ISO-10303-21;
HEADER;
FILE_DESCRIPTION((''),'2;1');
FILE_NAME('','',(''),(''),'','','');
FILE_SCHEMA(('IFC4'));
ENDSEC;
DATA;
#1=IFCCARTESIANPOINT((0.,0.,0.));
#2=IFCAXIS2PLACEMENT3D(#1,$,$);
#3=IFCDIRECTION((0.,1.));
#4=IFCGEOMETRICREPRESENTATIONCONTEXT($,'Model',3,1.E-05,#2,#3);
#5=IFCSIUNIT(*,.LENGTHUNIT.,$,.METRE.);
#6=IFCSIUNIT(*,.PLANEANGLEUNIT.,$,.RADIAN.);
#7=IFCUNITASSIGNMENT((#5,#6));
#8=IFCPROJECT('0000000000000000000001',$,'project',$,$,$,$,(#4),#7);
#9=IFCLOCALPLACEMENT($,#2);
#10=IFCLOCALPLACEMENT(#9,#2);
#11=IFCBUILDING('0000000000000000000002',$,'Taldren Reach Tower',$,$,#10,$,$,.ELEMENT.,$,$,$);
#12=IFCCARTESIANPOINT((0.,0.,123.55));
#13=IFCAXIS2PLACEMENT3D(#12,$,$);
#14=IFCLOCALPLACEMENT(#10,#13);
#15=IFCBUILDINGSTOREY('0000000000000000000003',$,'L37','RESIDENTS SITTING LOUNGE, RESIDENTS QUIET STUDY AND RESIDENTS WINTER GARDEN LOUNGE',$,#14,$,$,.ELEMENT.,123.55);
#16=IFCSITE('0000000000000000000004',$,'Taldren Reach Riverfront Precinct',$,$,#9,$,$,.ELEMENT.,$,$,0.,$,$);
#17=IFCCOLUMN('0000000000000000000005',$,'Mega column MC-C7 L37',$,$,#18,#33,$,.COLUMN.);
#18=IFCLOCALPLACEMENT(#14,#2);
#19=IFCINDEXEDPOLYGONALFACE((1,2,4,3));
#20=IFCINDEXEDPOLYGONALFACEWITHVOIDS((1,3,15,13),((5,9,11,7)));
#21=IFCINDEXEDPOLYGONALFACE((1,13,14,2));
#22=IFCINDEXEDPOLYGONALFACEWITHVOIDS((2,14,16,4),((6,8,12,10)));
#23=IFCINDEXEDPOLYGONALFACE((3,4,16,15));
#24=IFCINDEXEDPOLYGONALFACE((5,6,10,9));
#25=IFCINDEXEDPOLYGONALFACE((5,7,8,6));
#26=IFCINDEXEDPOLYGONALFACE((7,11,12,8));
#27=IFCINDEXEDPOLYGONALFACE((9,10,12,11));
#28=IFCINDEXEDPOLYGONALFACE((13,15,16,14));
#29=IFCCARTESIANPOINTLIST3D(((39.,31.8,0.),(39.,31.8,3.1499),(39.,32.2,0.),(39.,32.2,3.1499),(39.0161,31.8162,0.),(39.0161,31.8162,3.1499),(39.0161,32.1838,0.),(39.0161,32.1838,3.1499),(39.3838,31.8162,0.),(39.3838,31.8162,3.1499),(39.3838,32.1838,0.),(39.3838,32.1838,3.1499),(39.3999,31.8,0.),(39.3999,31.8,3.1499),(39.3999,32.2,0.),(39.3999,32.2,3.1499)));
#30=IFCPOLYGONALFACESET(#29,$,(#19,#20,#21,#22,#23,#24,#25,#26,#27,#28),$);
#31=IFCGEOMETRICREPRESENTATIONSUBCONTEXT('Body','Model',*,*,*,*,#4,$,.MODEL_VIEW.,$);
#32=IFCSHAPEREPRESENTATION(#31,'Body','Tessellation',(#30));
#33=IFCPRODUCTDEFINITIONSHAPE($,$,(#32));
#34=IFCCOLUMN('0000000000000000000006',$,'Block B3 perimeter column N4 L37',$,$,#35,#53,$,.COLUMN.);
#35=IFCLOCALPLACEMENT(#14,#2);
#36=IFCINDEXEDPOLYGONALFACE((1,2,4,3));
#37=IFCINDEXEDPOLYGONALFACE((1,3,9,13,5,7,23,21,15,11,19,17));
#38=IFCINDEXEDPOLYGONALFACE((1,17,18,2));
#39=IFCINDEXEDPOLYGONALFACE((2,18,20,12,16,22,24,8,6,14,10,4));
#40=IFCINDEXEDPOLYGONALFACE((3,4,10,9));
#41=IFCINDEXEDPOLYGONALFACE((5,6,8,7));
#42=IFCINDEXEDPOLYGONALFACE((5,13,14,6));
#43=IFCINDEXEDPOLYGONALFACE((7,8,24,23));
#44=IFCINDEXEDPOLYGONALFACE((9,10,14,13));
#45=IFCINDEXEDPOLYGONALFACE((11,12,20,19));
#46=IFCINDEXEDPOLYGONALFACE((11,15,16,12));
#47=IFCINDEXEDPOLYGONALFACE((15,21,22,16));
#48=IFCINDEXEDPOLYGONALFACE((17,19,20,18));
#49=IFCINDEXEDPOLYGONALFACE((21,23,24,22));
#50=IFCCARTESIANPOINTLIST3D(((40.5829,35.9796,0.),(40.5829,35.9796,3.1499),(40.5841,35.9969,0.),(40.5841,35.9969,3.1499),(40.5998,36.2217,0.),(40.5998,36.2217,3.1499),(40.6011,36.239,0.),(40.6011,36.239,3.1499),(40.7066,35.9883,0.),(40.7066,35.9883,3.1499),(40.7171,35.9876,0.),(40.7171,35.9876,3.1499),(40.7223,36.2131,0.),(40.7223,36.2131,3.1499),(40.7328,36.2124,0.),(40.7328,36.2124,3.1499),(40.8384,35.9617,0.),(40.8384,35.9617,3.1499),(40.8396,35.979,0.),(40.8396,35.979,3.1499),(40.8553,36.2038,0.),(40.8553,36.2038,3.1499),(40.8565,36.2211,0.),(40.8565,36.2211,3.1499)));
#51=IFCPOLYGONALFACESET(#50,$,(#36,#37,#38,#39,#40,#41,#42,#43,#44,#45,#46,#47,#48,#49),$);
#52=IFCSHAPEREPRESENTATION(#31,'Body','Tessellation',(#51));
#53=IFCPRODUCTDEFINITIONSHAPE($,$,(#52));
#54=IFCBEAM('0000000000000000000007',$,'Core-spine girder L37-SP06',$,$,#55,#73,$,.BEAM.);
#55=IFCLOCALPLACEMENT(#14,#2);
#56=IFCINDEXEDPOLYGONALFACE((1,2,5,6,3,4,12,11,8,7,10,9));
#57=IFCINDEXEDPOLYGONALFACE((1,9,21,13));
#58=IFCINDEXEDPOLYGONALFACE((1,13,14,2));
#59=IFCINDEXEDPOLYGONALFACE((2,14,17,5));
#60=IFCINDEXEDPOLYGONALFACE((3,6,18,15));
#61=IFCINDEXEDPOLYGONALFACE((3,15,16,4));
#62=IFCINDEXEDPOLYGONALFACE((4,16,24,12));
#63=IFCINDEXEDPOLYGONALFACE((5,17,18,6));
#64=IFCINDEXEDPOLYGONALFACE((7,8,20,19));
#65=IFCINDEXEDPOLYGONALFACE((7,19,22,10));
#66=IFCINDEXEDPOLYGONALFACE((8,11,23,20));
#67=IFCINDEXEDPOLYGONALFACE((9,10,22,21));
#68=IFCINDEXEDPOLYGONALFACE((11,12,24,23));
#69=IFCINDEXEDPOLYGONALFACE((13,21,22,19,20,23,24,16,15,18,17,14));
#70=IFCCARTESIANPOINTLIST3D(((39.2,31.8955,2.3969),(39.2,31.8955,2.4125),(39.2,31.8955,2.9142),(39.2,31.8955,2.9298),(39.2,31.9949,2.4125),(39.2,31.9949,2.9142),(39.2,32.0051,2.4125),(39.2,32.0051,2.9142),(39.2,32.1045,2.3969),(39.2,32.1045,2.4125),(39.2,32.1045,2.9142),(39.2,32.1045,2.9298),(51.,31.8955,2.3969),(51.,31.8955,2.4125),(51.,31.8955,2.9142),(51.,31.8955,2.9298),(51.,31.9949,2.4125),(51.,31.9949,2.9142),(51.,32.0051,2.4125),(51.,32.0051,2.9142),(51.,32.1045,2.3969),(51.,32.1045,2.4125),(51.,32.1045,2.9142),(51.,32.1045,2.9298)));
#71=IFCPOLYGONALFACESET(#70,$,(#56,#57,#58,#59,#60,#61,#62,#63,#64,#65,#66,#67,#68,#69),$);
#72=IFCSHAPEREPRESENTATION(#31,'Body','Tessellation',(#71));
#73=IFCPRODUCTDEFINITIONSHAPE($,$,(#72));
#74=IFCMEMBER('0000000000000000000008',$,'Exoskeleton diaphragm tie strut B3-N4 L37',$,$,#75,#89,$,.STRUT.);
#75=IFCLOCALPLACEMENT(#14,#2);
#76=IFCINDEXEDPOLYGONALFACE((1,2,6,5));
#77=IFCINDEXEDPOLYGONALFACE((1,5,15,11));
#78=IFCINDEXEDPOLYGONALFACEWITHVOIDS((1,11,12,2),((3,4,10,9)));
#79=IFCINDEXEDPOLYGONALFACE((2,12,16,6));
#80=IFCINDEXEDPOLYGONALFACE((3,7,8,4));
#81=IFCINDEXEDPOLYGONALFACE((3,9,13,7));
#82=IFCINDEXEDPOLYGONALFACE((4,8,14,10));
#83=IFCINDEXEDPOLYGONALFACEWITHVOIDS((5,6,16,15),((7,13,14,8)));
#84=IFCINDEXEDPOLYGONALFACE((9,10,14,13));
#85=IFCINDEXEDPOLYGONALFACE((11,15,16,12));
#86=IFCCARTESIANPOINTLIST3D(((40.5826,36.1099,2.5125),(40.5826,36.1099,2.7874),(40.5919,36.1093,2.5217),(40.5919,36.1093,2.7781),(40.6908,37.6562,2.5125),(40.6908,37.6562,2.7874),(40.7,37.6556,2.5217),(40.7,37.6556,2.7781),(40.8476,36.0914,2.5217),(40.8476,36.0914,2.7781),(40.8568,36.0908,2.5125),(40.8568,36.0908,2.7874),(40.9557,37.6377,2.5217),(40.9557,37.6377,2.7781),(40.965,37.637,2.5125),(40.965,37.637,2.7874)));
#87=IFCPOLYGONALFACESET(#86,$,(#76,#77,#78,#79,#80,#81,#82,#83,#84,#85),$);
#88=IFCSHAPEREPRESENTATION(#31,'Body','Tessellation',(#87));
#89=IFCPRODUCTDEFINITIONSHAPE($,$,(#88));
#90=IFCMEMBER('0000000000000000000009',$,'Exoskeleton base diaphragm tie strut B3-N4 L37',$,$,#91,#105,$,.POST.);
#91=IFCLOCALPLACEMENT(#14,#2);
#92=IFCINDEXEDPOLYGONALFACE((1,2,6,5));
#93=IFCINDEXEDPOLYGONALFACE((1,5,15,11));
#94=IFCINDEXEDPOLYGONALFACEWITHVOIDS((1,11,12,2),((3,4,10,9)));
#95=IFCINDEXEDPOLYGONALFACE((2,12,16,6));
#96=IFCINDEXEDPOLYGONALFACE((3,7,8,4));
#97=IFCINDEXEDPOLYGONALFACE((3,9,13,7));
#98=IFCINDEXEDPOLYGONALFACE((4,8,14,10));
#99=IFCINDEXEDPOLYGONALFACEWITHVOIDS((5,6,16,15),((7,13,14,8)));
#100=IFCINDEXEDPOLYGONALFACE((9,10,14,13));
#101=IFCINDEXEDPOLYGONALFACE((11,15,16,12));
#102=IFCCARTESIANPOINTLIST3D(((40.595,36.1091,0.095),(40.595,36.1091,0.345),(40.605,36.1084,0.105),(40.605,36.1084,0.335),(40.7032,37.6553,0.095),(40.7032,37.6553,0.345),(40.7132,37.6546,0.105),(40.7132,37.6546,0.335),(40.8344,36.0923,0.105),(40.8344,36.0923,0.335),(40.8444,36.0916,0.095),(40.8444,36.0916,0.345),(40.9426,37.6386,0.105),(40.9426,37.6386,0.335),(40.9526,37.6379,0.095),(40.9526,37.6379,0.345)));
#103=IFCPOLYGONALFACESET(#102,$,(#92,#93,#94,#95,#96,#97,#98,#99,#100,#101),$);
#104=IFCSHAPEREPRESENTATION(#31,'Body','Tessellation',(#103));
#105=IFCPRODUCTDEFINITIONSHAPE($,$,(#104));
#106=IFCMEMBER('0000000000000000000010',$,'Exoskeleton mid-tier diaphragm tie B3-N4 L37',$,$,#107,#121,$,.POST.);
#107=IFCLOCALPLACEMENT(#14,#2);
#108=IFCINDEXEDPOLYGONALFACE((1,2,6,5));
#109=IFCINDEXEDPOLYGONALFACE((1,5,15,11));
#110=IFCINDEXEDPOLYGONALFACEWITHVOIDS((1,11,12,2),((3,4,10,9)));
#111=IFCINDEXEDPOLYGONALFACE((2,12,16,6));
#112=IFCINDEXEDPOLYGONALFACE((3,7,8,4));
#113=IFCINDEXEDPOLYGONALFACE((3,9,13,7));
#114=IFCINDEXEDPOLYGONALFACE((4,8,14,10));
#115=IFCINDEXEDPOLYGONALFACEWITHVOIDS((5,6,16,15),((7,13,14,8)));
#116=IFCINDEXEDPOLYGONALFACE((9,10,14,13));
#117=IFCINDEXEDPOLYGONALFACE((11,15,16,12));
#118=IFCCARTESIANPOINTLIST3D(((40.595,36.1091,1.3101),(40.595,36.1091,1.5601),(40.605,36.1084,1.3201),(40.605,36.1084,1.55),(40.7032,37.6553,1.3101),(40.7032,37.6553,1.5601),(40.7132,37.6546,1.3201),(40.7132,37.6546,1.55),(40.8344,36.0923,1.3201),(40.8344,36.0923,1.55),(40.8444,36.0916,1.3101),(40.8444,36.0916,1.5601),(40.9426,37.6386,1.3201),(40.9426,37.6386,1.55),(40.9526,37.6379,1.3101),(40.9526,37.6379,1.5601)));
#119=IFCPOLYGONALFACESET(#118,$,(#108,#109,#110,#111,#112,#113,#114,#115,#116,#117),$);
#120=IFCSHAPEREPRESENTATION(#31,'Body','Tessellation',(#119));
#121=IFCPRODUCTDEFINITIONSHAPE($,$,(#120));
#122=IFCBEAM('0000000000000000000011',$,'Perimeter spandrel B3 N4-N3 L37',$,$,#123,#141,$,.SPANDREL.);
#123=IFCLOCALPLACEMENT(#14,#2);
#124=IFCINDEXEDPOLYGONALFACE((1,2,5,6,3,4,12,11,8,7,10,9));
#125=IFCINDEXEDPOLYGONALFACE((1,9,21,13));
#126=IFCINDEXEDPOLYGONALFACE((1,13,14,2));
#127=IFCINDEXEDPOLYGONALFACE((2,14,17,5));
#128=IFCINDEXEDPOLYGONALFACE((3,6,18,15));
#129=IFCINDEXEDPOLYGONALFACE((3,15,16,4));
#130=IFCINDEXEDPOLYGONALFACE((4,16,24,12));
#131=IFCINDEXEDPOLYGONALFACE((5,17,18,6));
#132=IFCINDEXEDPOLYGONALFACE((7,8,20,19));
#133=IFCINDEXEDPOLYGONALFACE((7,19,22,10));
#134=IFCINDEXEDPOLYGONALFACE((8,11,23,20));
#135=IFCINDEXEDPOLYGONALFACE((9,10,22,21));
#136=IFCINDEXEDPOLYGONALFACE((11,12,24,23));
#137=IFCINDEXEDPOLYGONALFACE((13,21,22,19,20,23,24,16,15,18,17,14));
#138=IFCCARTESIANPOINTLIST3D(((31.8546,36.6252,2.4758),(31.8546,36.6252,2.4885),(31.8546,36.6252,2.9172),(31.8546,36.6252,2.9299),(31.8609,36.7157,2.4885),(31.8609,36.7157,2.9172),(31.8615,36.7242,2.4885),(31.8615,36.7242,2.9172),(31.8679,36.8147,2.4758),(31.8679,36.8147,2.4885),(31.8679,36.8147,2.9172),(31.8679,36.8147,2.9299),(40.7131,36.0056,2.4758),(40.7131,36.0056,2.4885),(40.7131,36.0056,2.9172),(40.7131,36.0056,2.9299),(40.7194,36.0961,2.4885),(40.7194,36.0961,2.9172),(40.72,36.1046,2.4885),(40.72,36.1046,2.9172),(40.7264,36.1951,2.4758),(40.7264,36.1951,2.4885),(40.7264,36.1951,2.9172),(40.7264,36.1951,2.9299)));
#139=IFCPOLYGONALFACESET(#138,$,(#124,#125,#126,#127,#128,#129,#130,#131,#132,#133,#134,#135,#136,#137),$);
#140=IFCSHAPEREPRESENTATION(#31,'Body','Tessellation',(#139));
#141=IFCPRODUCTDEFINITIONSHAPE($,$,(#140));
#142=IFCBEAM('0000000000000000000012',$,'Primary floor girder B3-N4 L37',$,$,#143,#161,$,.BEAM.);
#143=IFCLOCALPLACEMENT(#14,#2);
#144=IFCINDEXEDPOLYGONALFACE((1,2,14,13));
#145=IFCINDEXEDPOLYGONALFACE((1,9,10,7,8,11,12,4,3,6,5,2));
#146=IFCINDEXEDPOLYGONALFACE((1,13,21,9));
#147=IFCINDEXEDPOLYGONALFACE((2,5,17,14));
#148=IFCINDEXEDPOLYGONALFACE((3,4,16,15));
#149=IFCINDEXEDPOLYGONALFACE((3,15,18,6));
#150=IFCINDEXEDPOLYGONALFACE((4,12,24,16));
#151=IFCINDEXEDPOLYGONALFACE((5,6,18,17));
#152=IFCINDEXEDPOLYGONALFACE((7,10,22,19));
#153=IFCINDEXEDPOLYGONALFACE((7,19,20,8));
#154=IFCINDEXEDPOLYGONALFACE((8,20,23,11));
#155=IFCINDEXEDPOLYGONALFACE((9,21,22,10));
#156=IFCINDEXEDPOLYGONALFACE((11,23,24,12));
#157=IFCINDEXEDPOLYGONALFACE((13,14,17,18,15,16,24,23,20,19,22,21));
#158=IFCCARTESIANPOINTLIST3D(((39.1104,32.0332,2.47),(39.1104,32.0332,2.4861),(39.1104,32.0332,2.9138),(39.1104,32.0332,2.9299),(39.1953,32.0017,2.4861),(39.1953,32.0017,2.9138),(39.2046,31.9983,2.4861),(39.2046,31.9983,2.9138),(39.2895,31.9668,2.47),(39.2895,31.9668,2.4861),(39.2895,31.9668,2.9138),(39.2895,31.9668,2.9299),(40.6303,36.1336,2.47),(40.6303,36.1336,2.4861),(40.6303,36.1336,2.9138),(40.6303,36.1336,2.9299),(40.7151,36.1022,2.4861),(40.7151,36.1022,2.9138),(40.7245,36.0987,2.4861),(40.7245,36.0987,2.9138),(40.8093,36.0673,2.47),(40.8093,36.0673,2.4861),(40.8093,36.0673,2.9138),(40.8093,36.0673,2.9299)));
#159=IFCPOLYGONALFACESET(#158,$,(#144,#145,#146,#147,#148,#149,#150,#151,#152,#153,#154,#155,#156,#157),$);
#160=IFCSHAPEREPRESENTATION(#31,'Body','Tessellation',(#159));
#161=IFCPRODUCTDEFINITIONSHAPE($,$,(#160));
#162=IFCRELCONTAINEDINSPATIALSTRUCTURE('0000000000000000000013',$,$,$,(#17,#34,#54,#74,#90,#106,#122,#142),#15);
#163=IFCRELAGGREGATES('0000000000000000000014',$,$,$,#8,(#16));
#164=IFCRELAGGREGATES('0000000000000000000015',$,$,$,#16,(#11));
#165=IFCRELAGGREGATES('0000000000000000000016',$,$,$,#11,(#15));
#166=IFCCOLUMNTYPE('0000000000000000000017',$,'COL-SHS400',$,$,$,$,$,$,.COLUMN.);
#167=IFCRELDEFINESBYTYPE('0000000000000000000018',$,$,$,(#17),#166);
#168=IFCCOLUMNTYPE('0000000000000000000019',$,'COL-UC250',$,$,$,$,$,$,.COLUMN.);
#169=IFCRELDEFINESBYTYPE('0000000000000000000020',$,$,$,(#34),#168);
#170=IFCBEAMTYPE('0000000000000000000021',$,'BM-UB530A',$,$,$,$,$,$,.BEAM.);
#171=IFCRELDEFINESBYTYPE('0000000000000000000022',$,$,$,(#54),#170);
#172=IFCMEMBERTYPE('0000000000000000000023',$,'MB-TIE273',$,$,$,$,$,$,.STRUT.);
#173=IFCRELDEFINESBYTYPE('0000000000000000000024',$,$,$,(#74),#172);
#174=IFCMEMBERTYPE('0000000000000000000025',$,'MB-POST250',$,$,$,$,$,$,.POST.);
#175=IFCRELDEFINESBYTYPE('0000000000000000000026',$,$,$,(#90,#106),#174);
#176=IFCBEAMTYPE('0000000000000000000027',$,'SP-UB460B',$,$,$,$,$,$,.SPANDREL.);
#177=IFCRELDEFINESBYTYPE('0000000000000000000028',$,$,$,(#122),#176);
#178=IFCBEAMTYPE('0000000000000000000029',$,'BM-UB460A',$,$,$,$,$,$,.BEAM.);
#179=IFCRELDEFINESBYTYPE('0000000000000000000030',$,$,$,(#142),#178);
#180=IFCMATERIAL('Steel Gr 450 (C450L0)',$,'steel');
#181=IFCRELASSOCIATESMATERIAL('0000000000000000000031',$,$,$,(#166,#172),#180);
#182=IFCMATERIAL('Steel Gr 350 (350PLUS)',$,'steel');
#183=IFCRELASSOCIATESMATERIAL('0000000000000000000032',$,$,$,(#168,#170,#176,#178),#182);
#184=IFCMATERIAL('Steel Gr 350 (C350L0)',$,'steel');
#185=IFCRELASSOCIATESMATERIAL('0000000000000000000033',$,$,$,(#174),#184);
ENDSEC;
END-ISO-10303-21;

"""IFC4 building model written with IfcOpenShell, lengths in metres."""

from ifc_helpers import new_model, si_unit, direction, frame, origin, origin_2d, place, context, subcontext, project, spatial, hollow_rectangle, i_section, extrude, source, transform, mapped, material, material_profile, profile_set, type_object, element, save


model = new_model("IFC4")

# Units and contexts
model_context = context("Model", 3, precision=1e-05, world=origin(), true_north=direction((0.0, 1.0)))
body_context = subcontext(model_context, "Body", "Model", "MODEL_VIEW")
ifc_project = project(units=[si_unit("LENGTHUNIT", "METRE"), si_unit("PLANEANGLEUNIT", "RADIAN")], contexts=[model_context])

# Site, building, storey
site_placement = place(None, origin())
site = spatial("IfcSite", under=ifc_project, at=site_placement, Name="Taldren Reach Riverfront Precinct", CompositionType="ELEMENT", RefElevation=0.0)
building_placement = place(site_placement, origin())
building = spatial("IfcBuilding", under=site, at=building_placement, Name="Taldren Reach Tower", CompositionType="ELEMENT")
storey_placement = place(building_placement, frame((0.0, 0.0, 123.55)))
storey = spatial("IfcBuildingStorey", under=building, at=storey_placement, Name="L37", Description="RESIDENTS SITTING LOUNGE, RESIDENTS QUIET STUDY AND RESIDENTS WINTER GARDEN LOUNGE", CompositionType="ELEMENT", Elevation=123.55)

# Columns
ifc_material_1 = material(Name="Steel Gr 450 (C450L0)", Category="steel")
ifc_material_profile_1 = material_profile(ifc_material_1, hollow_rectangle(XDim=0.3999, YDim=0.3999, WallThickness=0.0161, at=origin_2d()), Name="400x400x16.0SHS")
ifc_profile_set_1 = profile_set([ifc_material_profile_1], Name="Steel Gr 450 (C450L0)")
column_type_1 = type_object("IfcColumnType", Name="COL-SHS400", PredefinedType="COLUMN", material=ifc_profile_set_1)
shared_shape_1 = source(origin(), body_context, "Body", "SweptSolid", [
    extrude(hollow_rectangle(XDim=0.3999, YDim=0.3999, WallThickness=0.0161, at=origin_2d()), origin(), (0.0, 0.0, 1.0), 3.1499),
])
column_1_placement = place(storey_placement, frame((39.2, 32.0, 0.0), z_axis=(0.0, 0.0, 1.0), x_axis=(1.0, 0.0, 0.0)))
element("IfcColumn", 1, at=column_1_placement, inside=storey, type_object=column_type_1, Name="Mega column MC-C7 L37", PredefinedType="COLUMN", context=body_context, shape_type="MappedRepresentation", body=[
    mapped(shared_shape_1, transform((0.0, 0.0, 0.0), scale=1.0)),
])
ifc_material_2 = material(Name="Steel Gr 350 (350PLUS)", Category="steel")
ifc_material_profile_2 = material_profile(ifc_material_2, i_section(OverallWidth=0.2561, OverallDepth=0.26, WebThickness=0.0105, FlangeThickness=0.0173, at=origin_2d()), Name="250UC89.5")
ifc_profile_set_2 = profile_set([ifc_material_profile_2], Name="Steel Gr 350 (350PLUS)")
column_type_2 = type_object("IfcColumnType", Name="COL-UC250", PredefinedType="COLUMN", material=ifc_profile_set_2)
shared_shape_2 = source(origin(), body_context, "Body", "SweptSolid", [
    extrude(i_section(OverallWidth=0.2561, OverallDepth=0.26, WebThickness=0.0105, FlangeThickness=0.0173, at=origin_2d()), origin(), (0.0, 0.0, 1.0), 3.1499),
])
column_2_placement = place(storey_placement, frame((40.7197, 36.1003, 0.0), z_axis=(0.0, 0.0, 1.0), x_axis=(0.997564, -0.069756, 0.0)))
element("IfcColumn", 2, at=column_2_placement, inside=storey, type_object=column_type_2, Name="Block B3 perimeter column N4 L37", PredefinedType="COLUMN", context=body_context, shape_type="MappedRepresentation", body=[
    mapped(shared_shape_2, transform((0.0, 0.0, 0.0), scale=1.0)),
])

# Beam
ifc_material_profile_3 = material_profile(ifc_material_2, i_section(OverallWidth=0.209, OverallDepth=0.533, WebThickness=0.0103, FlangeThickness=0.0156, at=origin_2d()), Name="530UB92.4")
ifc_profile_set_3 = profile_set([ifc_material_profile_3], Name="Steel Gr 350 (350PLUS)")
beam_type_1 = type_object("IfcBeamType", Name="BM-UB530A", PredefinedType="BEAM", material=ifc_profile_set_3)
shared_shape_3 = source(origin(), body_context, "Body", "SweptSolid", [
    extrude(i_section(OverallWidth=0.209, OverallDepth=0.533, WebThickness=0.0103, FlangeThickness=0.0156, at=origin_2d()), origin(), (0.0, 0.0, 1.0), 11.8),
])
beam_1_placement = place(storey_placement, frame((39.2, 32.0, 2.6633), z_axis=(1.0, 0.0, 0.0), x_axis=(0.0, 1.0, 0.0)))
element("IfcBeam", 3, at=beam_1_placement, inside=storey, type_object=beam_type_1, Name="Core-spine girder L37-SP06", PredefinedType="BEAM", context=body_context, shape_type="MappedRepresentation", body=[
    mapped(shared_shape_3, transform((0.0, 0.0, 0.0), scale=1.0)),
])

# Members
ifc_material_profile_4 = material_profile(ifc_material_1, hollow_rectangle(XDim=0.2749, YDim=0.2749, WallThickness=0.0093, at=origin_2d()), Name="275x275x9.3SHS")
ifc_profile_set_4 = profile_set([ifc_material_profile_4], Name="Steel Gr 450 (C450L0)")
member_type_1 = type_object("IfcMemberType", Name="MB-TIE273", PredefinedType="STRUT", material=ifc_profile_set_4)
shared_shape_4 = source(origin(), body_context, "Body", "SweptSolid", [
    extrude(hollow_rectangle(XDim=0.2749, YDim=0.2749, WallThickness=0.0093, at=origin_2d()), origin(), (0.0, 0.0, 1.0), 1.55),
])
member_1_placement = place(storey_placement, frame((40.7197, 36.1003, 2.6499), z_axis=(0.06977, 0.997563, 0.0), x_axis=(-0.997563, 0.06977, 0.0)))
element("IfcMember", 4, at=member_1_placement, inside=storey, type_object=member_type_1, Name="Exoskeleton diaphragm tie strut B3-N4 L37", PredefinedType="STRUT", context=body_context, shape_type="MappedRepresentation", body=[
    mapped(shared_shape_4, transform((0.0, 0.0, 0.0), scale=1.0)),
])
ifc_material_3 = material(Name="Steel Gr 350 (C350L0)", Category="steel")
ifc_material_profile_5 = material_profile(ifc_material_3, hollow_rectangle(XDim=0.25, YDim=0.25, WallThickness=0.01, at=origin_2d()), Name="250x250x10.0SHS")
ifc_profile_set_5 = profile_set([ifc_material_profile_5], Name="Steel Gr 350 (C350L0)")
member_type_2 = type_object("IfcMemberType", Name="MB-POST250", PredefinedType="POST", material=ifc_profile_set_5)
shared_shape_5 = source(origin(), body_context, "Body", "SweptSolid", [
    extrude(hollow_rectangle(XDim=0.25, YDim=0.25, WallThickness=0.01, at=origin_2d()), origin(), (0.0, 0.0, 1.0), 1.55),
])
for number, where, z_axis, x_axis, name in (
    (5, (40.7197, 36.1003, 0.22), (0.06977, 0.997563, 0.0), (-0.997563, 0.06977, 0.0), "Exoskeleton base diaphragm tie strut B3-N4 L37"),
    (6, (40.7197, 36.1003, 1.4351), (0.06977, 0.997563, 0.0), (-0.997563, 0.06977, 0.0), "Exoskeleton mid-tier diaphragm tie B3-N4 L37"),
):
    element("IfcMember", number, at=place(storey_placement, frame(where, z_axis=z_axis, x_axis=x_axis)), inside=storey, type_object=member_type_2, Name=name, PredefinedType="POST", context=body_context, shape_type="MappedRepresentation", body=[
        mapped(shared_shape_5, transform((0.0, 0.0, 0.0), scale=1.0)),
    ])

# Beams
ifc_material_profile_6 = material_profile(ifc_material_2, i_section(OverallWidth=0.1899, OverallDepth=0.4541, WebThickness=0.0085, FlangeThickness=0.0127, at=origin_2d()), Name="460UB67.1")
ifc_profile_set_6 = profile_set([ifc_material_profile_6], Name="Steel Gr 350 (350PLUS)")
beam_type_2 = type_object("IfcBeamType", Name="SP-UB460B", PredefinedType="SPANDREL", material=ifc_profile_set_6)
shared_shape_6 = source(origin(), body_context, "Body", "SweptSolid", [
    extrude(i_section(OverallWidth=0.1899, OverallDepth=0.4541, WebThickness=0.0085, FlangeThickness=0.0127, at=origin_2d()), origin(), (0.0, 0.0, 1.0), 8.8801),
])
beam_2_placement = place(storey_placement, frame((40.7197, 36.1003, 2.7029), z_axis=(-0.997563, 0.069778, 0.0), x_axis=(-0.069778, -0.997563, 0.0)))
element("IfcBeam", 7, at=beam_2_placement, inside=storey, type_object=beam_type_2, Name="Perimeter spandrel B3 N4-N3 L37", PredefinedType="SPANDREL", context=body_context, shape_type="MappedRepresentation", body=[
    mapped(shared_shape_6, transform((0.0, 0.0, 0.0), scale=1.0)),
])
ifc_material_profile_7 = material_profile(ifc_material_2, i_section(OverallWidth=0.1909, OverallDepth=0.46, WebThickness=0.01, FlangeThickness=0.0161, at=origin_2d()), Name="460UB82.1")
ifc_profile_set_7 = profile_set([ifc_material_profile_7], Name="Steel Gr 350 (350PLUS)")
beam_type_3 = type_object("IfcBeamType", Name="BM-UB460A", PredefinedType="BEAM", material=ifc_profile_set_7)
shared_shape_7 = source(origin(), body_context, "Body", "SweptSolid", [
    extrude(i_section(OverallWidth=0.1909, OverallDepth=0.46, WebThickness=0.01, FlangeThickness=0.0161, at=origin_2d()), origin(), (0.0, 0.0, 1.0), 4.373),
])
beam_3_placement = place(storey_placement, frame((39.2, 32.0, 2.7), z_axis=(0.347542, 0.937665, 0.0), x_axis=(-0.937665, 0.347542, 0.0)))
element("IfcBeam", 8, at=beam_3_placement, inside=storey, type_object=beam_type_3, Name="Primary floor girder B3-N4 L37", PredefinedType="BEAM", context=body_context, shape_type="MappedRepresentation", body=[
    mapped(shared_shape_7, transform((0.0, 0.0, 0.0), scale=1.0)),
])

save(model, "model.ifc")
